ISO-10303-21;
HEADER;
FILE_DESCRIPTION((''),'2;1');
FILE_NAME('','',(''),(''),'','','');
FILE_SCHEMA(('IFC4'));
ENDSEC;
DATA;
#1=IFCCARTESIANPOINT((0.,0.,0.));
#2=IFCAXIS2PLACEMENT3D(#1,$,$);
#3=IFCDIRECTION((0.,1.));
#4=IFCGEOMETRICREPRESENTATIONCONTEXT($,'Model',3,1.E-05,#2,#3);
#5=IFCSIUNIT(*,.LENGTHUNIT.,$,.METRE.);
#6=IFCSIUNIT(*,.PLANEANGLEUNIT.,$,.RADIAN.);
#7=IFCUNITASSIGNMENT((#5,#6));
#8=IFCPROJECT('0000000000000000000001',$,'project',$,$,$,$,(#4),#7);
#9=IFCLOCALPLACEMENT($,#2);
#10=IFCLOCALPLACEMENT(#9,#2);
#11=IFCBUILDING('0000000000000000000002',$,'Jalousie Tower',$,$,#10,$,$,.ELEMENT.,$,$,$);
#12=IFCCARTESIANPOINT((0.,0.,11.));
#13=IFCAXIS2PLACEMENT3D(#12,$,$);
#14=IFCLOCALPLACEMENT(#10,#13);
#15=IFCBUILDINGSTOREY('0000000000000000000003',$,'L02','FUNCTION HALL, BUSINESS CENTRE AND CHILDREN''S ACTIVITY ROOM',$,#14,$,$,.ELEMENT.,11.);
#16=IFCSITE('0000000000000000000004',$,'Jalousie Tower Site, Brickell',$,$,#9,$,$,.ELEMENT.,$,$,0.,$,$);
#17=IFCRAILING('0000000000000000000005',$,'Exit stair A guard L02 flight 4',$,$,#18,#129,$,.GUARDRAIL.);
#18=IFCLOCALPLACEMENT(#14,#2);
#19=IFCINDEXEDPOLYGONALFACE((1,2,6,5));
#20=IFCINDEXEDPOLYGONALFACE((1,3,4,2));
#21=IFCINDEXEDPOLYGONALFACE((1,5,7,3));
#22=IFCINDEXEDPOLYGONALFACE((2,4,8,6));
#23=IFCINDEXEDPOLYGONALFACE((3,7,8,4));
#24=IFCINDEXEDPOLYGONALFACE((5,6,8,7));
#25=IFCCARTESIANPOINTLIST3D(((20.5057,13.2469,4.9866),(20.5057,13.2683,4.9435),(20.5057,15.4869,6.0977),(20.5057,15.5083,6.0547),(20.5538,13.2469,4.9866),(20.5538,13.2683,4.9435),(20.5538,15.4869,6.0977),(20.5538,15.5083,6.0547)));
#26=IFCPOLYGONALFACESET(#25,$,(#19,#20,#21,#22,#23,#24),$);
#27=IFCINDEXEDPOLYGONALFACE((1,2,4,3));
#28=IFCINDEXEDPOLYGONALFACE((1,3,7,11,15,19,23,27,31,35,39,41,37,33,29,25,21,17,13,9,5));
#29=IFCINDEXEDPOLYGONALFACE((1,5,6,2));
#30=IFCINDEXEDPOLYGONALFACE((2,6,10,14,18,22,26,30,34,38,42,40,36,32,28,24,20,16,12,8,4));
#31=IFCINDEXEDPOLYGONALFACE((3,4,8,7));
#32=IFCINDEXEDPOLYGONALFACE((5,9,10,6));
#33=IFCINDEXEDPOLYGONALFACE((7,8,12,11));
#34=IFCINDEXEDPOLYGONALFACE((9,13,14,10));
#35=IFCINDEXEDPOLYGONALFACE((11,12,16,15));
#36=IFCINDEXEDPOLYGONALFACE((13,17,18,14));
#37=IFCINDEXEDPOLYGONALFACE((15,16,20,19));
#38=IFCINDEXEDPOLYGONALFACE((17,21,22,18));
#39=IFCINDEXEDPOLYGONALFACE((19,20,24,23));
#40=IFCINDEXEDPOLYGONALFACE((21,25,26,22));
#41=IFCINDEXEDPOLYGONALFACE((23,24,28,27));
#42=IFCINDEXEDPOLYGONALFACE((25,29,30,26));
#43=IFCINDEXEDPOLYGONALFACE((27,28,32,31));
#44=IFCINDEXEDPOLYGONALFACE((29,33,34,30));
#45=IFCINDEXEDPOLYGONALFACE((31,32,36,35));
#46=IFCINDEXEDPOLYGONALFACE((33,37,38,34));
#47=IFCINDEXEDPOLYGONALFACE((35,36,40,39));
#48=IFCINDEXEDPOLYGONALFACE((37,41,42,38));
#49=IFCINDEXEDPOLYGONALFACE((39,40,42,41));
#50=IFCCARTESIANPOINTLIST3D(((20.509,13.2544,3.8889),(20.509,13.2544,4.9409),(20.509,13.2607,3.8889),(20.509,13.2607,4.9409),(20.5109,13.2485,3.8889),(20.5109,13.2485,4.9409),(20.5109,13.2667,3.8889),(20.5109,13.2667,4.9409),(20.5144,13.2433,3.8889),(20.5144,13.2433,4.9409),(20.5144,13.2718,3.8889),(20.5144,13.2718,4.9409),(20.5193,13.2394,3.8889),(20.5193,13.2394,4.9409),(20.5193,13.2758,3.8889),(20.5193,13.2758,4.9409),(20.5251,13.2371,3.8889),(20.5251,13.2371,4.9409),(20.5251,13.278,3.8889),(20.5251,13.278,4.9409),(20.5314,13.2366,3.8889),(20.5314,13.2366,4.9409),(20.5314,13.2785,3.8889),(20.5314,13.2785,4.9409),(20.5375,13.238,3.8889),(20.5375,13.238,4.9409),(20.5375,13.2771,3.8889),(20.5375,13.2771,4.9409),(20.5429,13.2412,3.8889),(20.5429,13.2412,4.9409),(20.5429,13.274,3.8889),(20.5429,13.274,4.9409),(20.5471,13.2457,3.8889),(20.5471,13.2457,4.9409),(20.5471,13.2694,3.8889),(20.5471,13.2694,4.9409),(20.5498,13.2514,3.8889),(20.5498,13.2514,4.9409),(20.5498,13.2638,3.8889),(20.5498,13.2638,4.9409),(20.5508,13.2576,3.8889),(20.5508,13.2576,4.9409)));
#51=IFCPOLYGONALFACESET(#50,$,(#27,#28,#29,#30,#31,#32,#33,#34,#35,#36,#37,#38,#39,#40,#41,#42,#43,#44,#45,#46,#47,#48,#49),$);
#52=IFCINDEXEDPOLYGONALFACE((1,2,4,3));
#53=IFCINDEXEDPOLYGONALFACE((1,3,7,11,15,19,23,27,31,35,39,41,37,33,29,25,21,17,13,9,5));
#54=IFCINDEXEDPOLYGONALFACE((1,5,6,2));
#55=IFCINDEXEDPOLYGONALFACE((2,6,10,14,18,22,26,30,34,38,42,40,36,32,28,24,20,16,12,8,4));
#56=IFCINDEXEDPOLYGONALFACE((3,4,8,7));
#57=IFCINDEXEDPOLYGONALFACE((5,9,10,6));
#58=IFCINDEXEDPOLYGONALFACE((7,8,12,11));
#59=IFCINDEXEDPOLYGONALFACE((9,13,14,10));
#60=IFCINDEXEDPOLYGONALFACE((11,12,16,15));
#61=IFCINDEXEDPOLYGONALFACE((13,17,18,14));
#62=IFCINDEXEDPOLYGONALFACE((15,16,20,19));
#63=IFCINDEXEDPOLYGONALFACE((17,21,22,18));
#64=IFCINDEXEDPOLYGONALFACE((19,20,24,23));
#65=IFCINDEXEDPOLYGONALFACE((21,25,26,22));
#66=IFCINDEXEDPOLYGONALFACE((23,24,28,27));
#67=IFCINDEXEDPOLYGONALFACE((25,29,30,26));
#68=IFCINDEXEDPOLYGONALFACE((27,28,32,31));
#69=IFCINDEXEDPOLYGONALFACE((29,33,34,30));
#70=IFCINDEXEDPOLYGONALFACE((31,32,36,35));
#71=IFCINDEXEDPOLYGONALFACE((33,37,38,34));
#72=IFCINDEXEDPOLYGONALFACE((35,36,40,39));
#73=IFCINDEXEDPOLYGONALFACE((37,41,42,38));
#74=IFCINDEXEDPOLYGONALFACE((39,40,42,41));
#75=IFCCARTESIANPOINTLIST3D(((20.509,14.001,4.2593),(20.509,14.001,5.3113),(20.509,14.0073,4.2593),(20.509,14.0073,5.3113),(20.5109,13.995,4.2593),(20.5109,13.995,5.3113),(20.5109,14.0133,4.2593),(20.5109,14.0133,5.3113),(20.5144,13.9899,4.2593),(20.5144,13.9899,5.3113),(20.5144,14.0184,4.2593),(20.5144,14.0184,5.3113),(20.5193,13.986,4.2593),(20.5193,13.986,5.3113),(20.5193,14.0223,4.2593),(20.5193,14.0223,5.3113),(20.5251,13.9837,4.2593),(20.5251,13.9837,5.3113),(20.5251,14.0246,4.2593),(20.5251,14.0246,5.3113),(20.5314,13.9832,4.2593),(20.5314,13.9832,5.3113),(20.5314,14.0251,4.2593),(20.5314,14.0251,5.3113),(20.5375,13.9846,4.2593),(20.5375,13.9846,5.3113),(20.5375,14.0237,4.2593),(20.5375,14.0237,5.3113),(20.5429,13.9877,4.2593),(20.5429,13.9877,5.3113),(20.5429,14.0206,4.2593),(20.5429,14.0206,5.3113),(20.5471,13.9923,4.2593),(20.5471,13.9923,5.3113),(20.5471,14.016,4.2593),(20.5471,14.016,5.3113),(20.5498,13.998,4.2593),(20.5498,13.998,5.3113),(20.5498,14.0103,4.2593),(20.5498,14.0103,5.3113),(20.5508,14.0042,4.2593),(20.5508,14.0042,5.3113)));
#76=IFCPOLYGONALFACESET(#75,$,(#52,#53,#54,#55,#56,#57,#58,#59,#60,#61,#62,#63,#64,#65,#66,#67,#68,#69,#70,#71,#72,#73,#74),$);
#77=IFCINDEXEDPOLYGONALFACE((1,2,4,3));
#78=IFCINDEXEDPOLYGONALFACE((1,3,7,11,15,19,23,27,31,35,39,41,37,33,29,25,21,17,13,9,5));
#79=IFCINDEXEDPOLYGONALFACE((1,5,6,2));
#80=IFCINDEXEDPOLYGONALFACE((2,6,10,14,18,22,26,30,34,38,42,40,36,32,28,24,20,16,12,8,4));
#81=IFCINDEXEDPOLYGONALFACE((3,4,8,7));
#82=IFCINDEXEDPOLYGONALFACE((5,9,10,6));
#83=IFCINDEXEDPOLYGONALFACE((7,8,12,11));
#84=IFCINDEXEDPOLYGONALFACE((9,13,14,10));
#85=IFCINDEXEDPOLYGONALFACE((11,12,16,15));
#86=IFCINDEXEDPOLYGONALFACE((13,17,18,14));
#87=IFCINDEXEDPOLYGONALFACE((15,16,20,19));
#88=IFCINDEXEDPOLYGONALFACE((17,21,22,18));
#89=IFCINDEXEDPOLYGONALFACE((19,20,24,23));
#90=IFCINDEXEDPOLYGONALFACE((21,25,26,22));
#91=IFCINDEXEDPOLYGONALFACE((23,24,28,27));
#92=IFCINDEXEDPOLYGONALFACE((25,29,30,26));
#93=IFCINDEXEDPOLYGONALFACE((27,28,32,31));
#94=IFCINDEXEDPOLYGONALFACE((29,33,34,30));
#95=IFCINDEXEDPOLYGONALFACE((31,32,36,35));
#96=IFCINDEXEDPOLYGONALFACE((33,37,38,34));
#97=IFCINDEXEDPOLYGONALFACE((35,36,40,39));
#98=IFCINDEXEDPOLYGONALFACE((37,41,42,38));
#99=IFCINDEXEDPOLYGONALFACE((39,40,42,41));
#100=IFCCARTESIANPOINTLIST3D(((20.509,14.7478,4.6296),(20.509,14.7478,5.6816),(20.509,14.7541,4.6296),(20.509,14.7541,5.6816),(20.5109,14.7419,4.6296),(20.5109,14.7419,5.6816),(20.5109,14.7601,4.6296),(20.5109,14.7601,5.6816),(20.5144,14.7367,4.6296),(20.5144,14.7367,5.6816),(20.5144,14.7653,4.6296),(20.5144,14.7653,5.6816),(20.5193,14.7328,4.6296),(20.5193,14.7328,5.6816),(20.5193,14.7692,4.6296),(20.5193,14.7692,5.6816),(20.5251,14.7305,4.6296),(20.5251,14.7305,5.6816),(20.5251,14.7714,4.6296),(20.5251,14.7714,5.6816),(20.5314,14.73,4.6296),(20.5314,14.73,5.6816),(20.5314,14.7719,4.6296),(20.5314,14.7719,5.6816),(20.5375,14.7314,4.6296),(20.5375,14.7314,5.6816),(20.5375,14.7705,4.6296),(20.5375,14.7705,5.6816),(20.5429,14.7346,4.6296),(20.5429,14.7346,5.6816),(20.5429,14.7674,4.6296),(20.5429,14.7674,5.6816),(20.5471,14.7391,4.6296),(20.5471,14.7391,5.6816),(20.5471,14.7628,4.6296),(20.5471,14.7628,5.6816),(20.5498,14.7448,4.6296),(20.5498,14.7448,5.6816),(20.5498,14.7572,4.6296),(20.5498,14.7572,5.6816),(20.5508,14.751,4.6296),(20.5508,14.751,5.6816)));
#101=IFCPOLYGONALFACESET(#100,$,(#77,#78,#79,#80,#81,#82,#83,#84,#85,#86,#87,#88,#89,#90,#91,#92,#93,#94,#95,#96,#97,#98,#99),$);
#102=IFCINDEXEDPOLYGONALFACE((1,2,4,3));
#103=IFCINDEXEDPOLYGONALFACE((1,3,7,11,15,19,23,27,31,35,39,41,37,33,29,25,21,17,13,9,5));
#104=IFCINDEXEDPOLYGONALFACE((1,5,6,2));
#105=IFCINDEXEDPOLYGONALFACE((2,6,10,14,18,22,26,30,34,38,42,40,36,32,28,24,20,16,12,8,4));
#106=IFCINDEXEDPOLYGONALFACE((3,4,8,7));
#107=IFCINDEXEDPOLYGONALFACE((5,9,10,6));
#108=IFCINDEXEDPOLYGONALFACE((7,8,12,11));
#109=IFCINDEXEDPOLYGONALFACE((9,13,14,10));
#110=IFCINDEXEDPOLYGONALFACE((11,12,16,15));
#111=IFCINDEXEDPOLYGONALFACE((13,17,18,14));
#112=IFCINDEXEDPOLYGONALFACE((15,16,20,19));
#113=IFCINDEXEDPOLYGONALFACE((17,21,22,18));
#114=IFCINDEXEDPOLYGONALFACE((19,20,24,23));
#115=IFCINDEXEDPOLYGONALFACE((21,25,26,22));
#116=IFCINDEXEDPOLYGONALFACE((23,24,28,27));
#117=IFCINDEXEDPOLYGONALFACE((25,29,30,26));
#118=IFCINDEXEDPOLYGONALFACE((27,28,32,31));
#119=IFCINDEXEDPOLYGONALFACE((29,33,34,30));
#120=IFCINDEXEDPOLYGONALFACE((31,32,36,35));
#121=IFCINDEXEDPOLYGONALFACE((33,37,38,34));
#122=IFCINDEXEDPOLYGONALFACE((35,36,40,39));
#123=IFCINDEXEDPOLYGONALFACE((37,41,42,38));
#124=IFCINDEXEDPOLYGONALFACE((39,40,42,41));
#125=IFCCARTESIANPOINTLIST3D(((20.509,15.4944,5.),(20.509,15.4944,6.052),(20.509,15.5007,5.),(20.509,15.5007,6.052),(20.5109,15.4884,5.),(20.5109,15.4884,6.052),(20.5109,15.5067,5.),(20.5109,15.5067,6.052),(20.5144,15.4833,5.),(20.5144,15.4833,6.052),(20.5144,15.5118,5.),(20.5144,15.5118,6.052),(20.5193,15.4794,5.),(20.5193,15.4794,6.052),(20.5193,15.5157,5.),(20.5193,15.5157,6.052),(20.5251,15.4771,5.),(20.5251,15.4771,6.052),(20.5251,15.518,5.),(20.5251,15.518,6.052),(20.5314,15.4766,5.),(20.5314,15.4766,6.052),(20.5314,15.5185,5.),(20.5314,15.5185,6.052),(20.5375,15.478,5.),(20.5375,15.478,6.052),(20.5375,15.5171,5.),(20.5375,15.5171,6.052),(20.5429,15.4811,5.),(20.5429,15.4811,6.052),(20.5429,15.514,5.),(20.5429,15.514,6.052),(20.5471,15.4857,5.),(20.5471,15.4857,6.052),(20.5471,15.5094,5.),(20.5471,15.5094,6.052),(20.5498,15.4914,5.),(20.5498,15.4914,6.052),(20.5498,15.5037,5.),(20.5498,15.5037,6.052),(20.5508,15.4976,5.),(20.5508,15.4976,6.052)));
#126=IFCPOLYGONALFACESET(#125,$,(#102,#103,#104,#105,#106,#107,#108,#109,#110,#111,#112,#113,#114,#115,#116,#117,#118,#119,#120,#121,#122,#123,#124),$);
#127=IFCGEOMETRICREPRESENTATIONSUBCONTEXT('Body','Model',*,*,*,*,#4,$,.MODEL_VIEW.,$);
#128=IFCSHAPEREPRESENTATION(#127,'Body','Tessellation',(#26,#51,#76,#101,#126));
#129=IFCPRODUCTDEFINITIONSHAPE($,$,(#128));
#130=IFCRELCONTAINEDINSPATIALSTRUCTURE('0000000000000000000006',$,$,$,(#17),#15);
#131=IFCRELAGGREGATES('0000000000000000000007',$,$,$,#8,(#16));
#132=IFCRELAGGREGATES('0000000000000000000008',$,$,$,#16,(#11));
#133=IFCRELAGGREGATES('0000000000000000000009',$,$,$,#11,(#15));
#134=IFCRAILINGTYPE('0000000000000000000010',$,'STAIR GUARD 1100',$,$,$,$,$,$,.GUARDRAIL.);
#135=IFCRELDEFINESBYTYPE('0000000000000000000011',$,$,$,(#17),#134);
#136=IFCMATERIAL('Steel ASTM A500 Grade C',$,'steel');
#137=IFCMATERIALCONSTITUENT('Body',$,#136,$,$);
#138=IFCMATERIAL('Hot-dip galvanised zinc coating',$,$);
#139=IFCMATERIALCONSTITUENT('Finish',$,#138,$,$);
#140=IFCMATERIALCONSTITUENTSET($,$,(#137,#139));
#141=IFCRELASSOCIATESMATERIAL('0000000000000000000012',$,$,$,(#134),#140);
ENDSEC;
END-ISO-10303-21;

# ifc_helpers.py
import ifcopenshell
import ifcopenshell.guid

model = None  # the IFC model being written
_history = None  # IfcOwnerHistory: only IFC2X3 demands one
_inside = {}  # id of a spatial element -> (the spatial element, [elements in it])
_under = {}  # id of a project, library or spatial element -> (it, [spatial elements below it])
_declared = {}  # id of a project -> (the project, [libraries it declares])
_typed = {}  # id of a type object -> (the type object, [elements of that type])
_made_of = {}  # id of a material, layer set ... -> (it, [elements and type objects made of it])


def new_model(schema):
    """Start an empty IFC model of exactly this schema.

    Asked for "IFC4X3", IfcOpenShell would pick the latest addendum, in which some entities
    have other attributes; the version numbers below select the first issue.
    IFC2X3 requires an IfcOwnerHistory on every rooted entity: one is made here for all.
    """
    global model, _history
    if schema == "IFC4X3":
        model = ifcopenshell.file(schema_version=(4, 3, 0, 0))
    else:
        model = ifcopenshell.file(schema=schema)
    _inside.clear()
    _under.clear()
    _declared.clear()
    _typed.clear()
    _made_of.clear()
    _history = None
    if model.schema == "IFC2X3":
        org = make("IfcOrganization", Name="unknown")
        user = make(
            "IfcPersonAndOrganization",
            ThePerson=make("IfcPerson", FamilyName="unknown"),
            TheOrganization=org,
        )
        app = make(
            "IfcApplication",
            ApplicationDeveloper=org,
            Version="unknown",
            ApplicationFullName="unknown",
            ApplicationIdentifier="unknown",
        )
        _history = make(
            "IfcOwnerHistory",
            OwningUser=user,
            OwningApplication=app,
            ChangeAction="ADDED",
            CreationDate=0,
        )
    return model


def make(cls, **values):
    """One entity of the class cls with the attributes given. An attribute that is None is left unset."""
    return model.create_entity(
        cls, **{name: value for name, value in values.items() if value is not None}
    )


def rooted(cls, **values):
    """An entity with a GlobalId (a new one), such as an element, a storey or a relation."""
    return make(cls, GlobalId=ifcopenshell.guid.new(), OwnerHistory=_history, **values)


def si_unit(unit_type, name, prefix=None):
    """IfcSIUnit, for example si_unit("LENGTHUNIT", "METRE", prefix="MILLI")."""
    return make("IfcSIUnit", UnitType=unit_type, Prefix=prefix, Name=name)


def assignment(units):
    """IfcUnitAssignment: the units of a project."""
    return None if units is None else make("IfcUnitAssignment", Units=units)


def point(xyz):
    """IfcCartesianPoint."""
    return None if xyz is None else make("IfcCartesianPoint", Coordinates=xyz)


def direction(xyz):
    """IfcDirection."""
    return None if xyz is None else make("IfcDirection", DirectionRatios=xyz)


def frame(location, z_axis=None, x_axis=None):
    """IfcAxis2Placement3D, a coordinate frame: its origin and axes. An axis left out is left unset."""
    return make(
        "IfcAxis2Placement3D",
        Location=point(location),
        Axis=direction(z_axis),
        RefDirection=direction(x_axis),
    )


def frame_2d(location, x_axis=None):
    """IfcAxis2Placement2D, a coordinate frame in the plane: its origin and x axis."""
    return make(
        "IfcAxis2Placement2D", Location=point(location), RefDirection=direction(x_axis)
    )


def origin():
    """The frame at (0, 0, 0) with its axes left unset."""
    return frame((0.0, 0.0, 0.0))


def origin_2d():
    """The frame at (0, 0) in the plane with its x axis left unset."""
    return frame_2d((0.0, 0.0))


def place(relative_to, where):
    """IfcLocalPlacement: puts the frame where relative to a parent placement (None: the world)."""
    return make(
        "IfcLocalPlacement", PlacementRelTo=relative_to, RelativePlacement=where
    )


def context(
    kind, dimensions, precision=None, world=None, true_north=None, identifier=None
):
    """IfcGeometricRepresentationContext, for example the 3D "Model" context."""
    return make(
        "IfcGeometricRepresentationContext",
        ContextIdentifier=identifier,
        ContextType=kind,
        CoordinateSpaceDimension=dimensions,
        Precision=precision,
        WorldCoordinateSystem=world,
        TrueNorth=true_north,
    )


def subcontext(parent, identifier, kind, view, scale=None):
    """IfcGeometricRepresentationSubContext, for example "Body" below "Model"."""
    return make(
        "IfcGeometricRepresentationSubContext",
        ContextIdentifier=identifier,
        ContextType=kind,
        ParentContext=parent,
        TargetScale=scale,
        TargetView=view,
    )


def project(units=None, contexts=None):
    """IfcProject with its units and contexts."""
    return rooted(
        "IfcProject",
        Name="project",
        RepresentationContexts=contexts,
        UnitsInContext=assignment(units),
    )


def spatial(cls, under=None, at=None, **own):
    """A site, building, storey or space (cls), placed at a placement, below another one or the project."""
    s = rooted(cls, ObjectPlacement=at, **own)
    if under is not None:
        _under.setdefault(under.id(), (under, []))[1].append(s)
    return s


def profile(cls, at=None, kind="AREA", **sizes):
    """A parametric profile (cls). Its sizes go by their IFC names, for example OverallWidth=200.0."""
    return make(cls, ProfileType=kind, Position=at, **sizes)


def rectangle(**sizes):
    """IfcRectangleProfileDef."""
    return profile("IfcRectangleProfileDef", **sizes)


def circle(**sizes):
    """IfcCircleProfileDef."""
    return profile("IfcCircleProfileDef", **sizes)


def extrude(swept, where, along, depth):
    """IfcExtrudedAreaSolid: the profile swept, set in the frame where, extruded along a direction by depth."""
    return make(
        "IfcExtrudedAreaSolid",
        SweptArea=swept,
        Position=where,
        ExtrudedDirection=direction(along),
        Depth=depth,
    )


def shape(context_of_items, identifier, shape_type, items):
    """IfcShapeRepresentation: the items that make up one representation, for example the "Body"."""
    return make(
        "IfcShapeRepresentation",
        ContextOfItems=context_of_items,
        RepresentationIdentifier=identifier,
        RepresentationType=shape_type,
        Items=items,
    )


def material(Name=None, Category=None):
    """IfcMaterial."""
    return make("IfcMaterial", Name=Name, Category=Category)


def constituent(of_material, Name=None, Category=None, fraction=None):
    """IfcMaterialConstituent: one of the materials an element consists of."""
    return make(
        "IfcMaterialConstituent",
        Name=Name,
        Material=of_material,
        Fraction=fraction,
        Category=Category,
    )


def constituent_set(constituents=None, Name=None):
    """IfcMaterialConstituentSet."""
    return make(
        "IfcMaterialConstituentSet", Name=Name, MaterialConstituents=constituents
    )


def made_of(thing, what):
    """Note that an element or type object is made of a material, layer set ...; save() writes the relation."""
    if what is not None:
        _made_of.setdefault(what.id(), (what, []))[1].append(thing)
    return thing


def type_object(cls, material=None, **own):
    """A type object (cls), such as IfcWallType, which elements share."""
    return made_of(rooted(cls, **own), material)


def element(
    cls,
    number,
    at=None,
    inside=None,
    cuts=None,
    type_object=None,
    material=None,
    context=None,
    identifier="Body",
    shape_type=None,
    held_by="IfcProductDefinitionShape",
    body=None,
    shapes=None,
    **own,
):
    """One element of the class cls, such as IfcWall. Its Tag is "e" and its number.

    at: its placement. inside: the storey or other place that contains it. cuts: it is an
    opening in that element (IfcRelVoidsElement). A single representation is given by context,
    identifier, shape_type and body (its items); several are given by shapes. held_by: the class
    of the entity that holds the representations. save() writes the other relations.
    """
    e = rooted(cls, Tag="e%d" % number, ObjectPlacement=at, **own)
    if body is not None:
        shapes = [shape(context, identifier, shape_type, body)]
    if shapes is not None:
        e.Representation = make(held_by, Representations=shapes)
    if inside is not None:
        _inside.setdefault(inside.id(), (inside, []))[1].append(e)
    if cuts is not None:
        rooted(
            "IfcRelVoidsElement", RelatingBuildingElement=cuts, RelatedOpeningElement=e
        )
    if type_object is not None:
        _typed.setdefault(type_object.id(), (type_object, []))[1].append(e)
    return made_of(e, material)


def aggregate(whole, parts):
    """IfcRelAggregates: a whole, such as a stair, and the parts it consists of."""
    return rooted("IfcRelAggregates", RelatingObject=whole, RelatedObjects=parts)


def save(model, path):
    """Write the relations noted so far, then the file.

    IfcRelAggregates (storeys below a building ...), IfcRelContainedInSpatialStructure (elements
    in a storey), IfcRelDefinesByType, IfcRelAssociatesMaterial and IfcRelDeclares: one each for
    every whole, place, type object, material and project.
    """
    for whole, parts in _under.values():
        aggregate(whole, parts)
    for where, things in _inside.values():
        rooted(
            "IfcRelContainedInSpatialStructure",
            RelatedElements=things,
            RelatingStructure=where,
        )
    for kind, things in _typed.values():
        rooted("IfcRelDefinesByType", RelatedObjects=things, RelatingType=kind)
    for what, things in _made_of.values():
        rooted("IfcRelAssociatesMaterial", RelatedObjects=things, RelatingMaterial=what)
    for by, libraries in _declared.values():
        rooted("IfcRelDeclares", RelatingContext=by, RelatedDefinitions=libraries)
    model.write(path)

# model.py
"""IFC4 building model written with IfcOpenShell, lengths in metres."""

from ifc_helpers import new_model, si_unit, direction, frame, origin, origin_2d, place, context, subcontext, project, spatial, rectangle, circle, extrude, material, constituent, constituent_set, type_object, element, save


model = new_model("IFC4")

# Units and contexts
model_context = context("Model", 3, precision=1e-05, world=origin(), true_north=direction((0.0, 1.0)))
body_context = subcontext(model_context, "Body", "Model", "MODEL_VIEW")
ifc_project = project(units=[si_unit("LENGTHUNIT", "METRE"), si_unit("PLANEANGLEUNIT", "RADIAN")], contexts=[model_context])

# Site, building, storey
site_placement = place(None, origin())
site = spatial("IfcSite", under=ifc_project, at=site_placement, Name="Jalousie Tower Site, Brickell", CompositionType="ELEMENT", RefElevation=0.0)
building_placement = place(site_placement, origin())
building = spatial("IfcBuilding", under=site, at=building_placement, Name="Jalousie Tower", CompositionType="ELEMENT")
storey_placement = place(building_placement, frame((0.0, 0.0, 11.0)))
storey = spatial("IfcBuildingStorey", under=building, at=storey_placement, Name="L02", Description="FUNCTION HALL, BUSINESS CENTRE AND CHILDREN'S ACTIVITY ROOM", CompositionType="ELEMENT", Elevation=11.0)

# Railing
ifc_material_1 = material(Name="Steel ASTM A500 Grade C", Category="steel")
ifc_constituent_1 = constituent(ifc_material_1, Name="Body")
ifc_material_2 = material(Name="Hot-dip galvanised zinc coating")
ifc_constituent_2 = constituent(ifc_material_2, Name="Finish")
ifc_constituent_set_1 = constituent_set(constituents=[ifc_constituent_1, ifc_constituent_2])
railing_type_1 = type_object("IfcRailingType", Name="STAIR GUARD 1100", PredefinedType="GUARDRAIL", material=ifc_constituent_set_1)
railing_1_placement = place(storey_placement, frame((20.5298, 13.2576, 3.8889)))
element("IfcRailing", 1, at=railing_1_placement, inside=storey, type_object=railing_type_1, Name="Exit stair A guard L02 flight 4", PredefinedType="GUARDRAIL", context=body_context, shape_type="SweptSolid", body=[
    extrude(rectangle(XDim=0.0481, YDim=0.0481, at=origin_2d()), frame((0.0, 0.0, 1.0762), z_axis=(0.0, 0.895848, 0.44436), x_axis=(-1.0, 0.0, 0.0)), (0.0, 0.0, 1.0), 2.5005),
    extrude(circle(Radius=0.021, at=origin_2d()), origin(), (0.0, 0.0, 1.0), 1.052),
    extrude(circle(Radius=0.021, at=origin_2d()), frame((0.0, 0.7466, 0.3704)), (0.0, 0.0, 1.0), 1.052),
    extrude(circle(Radius=0.021, at=origin_2d()), frame((0.0, 1.4934, 0.7407)), (0.0, 0.0, 1.0), 1.052),
    extrude(circle(Radius=0.021, at=origin_2d()), frame((0.0, 2.24, 1.1111)), (0.0, 0.0, 1.0), 1.052),
])

save(model, "model.ifc")
